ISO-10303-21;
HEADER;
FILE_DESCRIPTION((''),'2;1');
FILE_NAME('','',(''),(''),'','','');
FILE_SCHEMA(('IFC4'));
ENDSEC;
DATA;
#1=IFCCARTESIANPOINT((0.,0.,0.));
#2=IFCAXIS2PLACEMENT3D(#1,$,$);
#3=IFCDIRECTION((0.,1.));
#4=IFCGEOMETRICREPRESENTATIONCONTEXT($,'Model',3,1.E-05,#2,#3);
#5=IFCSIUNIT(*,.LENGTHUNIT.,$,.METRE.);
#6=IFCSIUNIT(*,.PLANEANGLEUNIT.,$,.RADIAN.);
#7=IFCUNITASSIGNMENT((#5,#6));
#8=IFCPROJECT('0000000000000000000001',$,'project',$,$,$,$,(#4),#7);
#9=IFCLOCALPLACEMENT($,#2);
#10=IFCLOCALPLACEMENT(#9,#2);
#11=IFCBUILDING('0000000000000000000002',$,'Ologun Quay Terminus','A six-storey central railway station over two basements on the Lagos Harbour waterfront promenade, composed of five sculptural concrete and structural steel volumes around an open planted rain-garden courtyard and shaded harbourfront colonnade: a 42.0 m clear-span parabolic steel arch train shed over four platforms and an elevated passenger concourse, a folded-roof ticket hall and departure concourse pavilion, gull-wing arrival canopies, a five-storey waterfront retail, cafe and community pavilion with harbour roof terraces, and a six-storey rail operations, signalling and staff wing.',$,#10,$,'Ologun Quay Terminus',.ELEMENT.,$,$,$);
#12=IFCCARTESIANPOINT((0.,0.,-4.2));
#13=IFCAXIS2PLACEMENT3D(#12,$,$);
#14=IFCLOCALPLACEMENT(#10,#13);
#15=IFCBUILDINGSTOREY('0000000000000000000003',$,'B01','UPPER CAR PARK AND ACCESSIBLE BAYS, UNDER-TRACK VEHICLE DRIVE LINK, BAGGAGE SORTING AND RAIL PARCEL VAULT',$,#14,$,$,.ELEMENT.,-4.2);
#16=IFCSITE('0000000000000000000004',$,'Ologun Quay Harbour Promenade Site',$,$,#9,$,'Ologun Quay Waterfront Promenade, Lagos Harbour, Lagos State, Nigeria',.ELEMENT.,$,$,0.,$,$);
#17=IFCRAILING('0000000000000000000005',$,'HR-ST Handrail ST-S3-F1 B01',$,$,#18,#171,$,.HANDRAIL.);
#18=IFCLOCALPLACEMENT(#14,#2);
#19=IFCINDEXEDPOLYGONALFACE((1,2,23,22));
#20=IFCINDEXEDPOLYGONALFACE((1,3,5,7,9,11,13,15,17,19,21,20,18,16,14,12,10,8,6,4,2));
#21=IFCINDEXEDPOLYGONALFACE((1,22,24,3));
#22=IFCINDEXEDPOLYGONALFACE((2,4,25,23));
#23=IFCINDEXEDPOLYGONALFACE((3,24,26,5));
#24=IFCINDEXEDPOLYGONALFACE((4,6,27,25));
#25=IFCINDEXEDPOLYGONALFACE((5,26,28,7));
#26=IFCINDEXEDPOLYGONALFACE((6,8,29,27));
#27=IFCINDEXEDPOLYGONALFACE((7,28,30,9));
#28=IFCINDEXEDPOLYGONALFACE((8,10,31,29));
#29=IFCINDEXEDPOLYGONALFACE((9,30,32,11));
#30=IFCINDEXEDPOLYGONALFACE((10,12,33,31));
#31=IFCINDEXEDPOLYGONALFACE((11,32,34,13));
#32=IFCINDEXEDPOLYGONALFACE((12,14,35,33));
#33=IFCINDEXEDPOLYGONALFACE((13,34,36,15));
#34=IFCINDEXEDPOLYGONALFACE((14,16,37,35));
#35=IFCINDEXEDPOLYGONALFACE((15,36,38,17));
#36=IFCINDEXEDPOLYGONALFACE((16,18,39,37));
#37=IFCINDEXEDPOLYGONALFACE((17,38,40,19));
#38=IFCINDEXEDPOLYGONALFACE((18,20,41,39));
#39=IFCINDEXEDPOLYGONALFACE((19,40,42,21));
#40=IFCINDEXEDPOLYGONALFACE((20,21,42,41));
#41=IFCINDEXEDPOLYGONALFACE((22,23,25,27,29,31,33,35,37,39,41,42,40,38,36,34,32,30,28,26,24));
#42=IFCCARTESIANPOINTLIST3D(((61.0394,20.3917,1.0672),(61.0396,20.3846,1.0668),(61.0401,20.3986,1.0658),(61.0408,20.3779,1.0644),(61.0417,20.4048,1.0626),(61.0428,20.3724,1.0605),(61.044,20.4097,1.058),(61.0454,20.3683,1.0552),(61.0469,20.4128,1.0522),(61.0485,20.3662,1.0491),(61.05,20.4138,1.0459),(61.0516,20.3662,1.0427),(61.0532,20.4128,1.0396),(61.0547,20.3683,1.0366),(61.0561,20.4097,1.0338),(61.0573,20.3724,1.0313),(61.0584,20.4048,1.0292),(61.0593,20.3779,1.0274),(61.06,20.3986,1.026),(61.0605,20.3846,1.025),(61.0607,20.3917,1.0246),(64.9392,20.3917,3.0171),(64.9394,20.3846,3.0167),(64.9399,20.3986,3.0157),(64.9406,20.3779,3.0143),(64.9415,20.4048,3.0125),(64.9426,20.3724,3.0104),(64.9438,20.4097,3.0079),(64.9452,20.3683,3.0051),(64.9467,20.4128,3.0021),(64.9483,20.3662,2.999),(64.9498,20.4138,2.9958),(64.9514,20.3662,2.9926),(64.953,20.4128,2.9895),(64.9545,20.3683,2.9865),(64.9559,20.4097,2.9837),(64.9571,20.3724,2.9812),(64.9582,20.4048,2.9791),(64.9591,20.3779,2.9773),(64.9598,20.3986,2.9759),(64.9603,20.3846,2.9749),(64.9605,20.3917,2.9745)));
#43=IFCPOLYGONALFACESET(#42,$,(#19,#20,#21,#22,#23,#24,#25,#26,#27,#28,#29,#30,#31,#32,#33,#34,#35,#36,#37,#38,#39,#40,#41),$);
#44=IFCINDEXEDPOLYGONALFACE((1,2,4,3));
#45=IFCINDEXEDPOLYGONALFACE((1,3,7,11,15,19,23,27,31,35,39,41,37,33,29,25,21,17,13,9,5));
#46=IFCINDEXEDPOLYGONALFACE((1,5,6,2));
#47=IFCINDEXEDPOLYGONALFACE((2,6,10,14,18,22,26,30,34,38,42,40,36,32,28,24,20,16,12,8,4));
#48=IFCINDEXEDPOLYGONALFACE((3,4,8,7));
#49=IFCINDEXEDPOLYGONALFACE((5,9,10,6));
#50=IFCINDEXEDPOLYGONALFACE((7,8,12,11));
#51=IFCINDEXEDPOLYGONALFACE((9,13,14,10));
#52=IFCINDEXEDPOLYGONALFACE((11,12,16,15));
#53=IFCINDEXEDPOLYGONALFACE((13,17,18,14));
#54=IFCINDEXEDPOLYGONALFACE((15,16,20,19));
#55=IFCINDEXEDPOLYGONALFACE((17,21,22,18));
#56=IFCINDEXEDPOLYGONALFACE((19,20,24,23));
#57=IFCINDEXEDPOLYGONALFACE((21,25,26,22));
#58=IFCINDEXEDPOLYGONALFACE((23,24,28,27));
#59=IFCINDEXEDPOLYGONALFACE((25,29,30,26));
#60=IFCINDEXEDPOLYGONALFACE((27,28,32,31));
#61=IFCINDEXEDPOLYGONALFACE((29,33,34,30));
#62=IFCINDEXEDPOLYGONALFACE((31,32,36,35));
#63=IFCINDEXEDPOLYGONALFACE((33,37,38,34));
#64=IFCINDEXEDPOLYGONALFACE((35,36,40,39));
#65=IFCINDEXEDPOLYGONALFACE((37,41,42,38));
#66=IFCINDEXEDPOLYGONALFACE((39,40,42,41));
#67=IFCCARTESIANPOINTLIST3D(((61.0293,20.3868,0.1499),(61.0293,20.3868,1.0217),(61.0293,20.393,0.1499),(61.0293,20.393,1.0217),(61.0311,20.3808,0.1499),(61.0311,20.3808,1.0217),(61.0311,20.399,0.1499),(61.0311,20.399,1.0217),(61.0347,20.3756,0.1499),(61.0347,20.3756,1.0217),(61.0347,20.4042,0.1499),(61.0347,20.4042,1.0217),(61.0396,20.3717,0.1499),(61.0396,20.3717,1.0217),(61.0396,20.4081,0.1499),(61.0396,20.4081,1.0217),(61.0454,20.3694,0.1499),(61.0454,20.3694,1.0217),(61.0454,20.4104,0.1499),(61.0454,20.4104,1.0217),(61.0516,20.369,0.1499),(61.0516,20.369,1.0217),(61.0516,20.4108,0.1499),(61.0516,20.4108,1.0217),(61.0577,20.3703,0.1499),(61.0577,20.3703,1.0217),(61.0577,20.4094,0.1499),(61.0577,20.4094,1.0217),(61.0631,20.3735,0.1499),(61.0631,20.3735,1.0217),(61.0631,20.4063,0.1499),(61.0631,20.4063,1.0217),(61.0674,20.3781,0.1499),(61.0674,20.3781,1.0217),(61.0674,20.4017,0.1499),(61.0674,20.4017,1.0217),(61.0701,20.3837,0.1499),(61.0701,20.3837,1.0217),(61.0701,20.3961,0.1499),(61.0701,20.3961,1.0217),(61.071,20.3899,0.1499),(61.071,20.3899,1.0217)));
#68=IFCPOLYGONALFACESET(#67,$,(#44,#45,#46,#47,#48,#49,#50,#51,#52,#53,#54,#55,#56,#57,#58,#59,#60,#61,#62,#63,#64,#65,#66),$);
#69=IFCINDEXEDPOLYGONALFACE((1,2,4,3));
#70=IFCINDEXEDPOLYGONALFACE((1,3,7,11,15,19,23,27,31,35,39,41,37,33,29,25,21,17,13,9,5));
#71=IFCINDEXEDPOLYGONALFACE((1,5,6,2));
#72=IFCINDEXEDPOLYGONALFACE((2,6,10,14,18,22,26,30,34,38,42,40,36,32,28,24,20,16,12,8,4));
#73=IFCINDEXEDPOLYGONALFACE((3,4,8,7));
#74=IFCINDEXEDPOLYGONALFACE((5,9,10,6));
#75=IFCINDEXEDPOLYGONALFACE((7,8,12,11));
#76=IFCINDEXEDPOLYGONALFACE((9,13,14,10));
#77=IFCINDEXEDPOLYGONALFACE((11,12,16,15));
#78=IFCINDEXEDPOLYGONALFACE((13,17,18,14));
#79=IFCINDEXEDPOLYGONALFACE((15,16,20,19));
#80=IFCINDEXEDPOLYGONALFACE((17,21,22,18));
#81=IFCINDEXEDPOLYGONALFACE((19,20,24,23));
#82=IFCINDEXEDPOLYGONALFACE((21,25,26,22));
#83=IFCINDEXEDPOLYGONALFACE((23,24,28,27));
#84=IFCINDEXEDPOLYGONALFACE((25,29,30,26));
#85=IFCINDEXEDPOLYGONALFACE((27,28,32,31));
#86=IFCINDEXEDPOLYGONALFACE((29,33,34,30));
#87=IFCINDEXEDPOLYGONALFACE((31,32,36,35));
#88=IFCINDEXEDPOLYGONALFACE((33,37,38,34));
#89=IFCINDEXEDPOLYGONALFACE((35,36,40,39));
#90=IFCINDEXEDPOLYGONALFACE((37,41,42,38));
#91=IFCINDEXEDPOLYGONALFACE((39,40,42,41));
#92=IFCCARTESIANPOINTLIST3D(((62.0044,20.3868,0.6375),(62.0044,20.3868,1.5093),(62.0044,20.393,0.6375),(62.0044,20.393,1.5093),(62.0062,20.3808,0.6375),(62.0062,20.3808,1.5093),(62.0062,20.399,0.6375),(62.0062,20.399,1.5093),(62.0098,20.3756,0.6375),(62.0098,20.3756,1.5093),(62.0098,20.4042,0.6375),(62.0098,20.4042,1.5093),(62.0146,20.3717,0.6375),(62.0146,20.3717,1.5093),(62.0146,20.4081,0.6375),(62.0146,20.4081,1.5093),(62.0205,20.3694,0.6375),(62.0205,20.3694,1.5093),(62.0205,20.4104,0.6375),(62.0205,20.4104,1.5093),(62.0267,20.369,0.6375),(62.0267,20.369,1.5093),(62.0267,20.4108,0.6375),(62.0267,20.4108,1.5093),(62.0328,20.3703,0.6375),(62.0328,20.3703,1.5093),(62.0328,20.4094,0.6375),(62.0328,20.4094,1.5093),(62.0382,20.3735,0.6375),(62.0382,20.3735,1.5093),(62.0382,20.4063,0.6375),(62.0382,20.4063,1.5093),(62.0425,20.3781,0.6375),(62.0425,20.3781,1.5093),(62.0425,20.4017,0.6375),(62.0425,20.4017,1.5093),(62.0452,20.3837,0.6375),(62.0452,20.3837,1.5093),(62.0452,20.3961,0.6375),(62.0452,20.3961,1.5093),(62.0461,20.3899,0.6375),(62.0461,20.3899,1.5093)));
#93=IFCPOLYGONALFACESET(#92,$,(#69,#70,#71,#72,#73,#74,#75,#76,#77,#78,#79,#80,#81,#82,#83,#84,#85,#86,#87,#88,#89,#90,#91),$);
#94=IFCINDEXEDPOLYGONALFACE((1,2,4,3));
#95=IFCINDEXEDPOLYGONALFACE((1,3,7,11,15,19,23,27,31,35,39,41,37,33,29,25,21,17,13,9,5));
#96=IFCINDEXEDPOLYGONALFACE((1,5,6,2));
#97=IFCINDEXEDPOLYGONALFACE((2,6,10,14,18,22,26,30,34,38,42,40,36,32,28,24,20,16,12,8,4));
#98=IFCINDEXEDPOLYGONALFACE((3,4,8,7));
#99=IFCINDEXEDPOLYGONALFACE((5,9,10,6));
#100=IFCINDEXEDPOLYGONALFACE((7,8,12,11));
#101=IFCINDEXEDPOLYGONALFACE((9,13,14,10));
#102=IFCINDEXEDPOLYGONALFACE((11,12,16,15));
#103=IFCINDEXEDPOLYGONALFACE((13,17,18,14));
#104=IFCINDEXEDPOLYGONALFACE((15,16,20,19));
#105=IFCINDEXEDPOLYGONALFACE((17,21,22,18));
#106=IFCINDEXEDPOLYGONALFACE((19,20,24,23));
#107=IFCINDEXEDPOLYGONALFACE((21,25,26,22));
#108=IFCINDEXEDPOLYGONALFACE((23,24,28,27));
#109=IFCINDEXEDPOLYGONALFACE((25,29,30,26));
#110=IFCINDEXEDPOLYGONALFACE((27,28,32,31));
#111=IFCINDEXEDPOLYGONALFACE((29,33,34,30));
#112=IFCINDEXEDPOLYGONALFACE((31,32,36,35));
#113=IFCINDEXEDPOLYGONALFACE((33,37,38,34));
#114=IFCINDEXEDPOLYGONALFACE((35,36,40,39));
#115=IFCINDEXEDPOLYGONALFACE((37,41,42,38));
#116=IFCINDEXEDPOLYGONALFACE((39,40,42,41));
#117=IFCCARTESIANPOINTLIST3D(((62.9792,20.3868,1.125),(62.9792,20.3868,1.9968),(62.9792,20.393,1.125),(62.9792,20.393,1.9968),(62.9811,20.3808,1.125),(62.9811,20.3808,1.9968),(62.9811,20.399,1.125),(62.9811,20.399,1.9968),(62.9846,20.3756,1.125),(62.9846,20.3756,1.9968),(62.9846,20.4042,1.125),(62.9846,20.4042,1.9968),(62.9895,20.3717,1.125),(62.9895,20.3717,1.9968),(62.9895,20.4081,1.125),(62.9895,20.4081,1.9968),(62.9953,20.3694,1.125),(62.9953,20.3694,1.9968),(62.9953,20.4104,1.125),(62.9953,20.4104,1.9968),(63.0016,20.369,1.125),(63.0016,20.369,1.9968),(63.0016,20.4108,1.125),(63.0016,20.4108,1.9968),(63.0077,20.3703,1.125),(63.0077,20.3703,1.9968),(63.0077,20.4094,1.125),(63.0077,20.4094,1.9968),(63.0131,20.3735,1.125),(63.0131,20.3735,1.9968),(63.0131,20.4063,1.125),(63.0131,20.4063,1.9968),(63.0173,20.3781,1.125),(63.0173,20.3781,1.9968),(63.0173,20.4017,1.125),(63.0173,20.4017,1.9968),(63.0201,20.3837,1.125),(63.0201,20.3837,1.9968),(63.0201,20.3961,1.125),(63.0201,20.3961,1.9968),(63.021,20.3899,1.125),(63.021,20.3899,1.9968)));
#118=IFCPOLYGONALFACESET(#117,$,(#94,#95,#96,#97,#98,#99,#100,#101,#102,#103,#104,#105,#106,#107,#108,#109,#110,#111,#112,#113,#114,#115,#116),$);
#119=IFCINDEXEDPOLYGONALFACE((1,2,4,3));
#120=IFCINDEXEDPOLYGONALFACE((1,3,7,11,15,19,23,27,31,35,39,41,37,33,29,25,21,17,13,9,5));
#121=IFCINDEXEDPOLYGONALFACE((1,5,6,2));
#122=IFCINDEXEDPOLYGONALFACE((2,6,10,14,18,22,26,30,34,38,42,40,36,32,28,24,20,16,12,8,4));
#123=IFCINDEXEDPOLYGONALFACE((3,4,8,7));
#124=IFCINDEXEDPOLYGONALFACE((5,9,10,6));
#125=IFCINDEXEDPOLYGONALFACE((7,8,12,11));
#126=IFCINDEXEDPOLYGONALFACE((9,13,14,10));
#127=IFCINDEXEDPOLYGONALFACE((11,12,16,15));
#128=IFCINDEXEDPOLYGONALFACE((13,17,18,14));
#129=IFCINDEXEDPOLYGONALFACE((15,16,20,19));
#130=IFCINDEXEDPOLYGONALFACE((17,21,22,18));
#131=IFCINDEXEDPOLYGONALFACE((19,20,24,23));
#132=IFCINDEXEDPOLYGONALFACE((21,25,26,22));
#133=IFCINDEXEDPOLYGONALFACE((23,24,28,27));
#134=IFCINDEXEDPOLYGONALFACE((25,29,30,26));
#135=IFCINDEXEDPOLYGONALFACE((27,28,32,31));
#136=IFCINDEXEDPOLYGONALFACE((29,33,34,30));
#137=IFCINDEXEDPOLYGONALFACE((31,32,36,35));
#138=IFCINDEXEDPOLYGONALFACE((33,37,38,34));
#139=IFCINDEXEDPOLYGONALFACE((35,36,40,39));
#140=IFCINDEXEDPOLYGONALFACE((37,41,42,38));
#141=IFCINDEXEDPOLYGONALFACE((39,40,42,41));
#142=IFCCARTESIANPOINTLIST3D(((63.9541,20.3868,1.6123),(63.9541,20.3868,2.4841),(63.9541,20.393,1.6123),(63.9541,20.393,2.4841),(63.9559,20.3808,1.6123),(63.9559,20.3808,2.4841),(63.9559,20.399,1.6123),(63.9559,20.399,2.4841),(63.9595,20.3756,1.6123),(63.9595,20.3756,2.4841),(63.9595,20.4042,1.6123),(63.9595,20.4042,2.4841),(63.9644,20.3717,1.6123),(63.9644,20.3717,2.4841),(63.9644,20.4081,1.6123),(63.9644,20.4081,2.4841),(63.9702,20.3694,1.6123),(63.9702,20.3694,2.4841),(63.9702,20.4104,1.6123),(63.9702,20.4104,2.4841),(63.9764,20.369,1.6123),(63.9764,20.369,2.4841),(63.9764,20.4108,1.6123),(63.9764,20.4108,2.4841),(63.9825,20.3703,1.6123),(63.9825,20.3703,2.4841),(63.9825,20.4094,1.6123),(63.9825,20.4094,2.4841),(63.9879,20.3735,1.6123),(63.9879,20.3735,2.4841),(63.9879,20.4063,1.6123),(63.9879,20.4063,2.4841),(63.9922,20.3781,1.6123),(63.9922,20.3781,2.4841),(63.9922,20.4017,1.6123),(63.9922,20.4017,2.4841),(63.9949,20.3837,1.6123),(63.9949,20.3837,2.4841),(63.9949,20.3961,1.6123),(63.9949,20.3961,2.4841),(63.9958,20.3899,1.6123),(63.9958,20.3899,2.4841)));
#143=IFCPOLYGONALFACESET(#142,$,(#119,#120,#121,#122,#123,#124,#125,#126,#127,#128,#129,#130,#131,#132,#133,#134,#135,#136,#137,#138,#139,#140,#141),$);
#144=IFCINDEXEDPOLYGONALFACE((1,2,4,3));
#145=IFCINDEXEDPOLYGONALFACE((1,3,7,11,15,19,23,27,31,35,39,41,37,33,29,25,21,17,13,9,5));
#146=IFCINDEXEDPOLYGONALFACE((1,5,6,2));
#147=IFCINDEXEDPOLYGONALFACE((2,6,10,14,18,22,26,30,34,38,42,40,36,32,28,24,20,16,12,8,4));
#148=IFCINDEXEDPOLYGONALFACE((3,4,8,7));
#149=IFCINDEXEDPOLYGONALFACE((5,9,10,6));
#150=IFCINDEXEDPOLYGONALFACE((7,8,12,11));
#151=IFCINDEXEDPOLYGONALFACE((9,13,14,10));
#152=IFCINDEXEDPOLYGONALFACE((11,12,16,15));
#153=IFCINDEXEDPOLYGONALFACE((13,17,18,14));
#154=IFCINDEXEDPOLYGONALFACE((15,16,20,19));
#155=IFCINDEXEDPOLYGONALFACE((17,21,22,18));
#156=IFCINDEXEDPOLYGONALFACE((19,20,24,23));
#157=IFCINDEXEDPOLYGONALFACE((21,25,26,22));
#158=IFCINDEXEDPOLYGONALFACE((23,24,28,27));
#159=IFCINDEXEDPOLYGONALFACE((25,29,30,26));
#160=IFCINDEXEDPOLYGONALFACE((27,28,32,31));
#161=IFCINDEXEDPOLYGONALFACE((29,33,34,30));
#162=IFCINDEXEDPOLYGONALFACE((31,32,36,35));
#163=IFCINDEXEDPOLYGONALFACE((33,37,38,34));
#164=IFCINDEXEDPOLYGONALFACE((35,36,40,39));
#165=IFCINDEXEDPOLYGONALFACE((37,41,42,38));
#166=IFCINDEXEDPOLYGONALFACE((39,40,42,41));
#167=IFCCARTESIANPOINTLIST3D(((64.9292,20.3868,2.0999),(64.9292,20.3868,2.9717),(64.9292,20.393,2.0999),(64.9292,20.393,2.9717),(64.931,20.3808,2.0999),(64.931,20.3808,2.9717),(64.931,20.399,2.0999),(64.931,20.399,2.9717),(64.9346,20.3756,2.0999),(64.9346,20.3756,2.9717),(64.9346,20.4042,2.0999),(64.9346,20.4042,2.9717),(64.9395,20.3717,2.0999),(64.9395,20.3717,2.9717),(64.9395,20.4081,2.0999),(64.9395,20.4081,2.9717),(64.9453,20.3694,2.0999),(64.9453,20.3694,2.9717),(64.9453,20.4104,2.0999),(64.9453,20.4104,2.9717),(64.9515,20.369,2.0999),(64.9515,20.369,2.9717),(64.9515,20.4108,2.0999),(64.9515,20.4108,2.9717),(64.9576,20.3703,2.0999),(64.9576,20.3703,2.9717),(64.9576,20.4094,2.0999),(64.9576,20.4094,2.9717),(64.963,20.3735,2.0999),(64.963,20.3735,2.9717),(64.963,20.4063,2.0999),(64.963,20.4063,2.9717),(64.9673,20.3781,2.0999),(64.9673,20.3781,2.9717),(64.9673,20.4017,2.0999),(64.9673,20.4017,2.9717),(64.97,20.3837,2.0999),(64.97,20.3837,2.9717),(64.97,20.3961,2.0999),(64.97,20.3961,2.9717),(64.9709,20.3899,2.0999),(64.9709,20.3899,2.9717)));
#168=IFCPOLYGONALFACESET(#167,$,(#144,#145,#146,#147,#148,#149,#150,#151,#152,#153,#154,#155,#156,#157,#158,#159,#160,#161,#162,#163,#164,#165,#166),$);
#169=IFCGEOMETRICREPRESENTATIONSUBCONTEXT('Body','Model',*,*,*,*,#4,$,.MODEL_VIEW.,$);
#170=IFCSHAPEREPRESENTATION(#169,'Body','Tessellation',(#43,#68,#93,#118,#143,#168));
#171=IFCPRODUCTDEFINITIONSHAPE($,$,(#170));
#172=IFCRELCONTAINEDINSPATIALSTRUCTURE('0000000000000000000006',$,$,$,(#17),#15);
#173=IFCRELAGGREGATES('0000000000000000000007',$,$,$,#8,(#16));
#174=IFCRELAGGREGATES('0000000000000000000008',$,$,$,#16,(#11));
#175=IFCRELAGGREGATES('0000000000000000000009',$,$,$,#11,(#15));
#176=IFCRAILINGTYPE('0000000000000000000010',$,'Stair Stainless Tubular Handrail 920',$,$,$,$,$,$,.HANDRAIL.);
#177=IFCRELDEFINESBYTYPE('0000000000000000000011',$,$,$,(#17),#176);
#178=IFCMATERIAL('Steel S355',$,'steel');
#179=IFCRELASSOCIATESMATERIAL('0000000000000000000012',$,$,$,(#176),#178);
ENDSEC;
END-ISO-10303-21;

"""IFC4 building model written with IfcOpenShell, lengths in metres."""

from ifc_helpers import new_model, si_unit, direction, frame, origin, origin_2d, place, context, subcontext, project, spatial, circle, extrude, material, type_object, element, save


model = new_model("IFC4")

# Units and contexts
model_context = context("Model", 3, precision=1e-05, world=origin(), true_north=direction((0.0, 1.0)))
body_context = subcontext(model_context, "Body", "Model", "MODEL_VIEW")
ifc_project = project(units=[si_unit("LENGTHUNIT", "METRE"), si_unit("PLANEANGLEUNIT", "RADIAN")], contexts=[model_context])

# Site, building, storey
site_placement = place(None, origin())
site = spatial("IfcSite", under=ifc_project, at=site_placement, Name="Ologun Quay Harbour Promenade Site", LongName="Ologun Quay Waterfront Promenade, Lagos Harbour, Lagos State, Nigeria", CompositionType="ELEMENT", RefElevation=0.0)
building_placement = place(site_placement, origin())
building = spatial("IfcBuilding", under=site, at=building_placement, Name="Ologun Quay Terminus", Description="A six-storey central railway station over two basements on the Lagos Harbour waterfront promenade, composed of five sculptural concrete and structural steel volumes around an open planted rain-garden courtyard and shaded harbourfront colonnade: a 42.0 m clear-span parabolic steel arch train shed over four platforms and an elevated passenger concourse, a folded-roof ticket hall and departure concourse pavilion, gull-wing arrival canopies, a five-storey waterfront retail, cafe and community pavilion with harbour roof terraces, and a six-storey rail operations, signalling and staff wing.", LongName="Ologun Quay Terminus", CompositionType="ELEMENT")
storey_placement = place(building_placement, frame((0.0, 0.0, -4.2)))
storey = spatial("IfcBuildingStorey", under=building, at=storey_placement, Name="B01", Description="UPPER CAR PARK AND ACCESSIBLE BAYS, UNDER-TRACK VEHICLE DRIVE LINK, BAGGAGE SORTING AND RAIL PARCEL VAULT", CompositionType="ELEMENT", Elevation=-4.2)

# Railing
ifc_material_1 = material(Name="Steel S355", Category="steel")
railing_type_1 = type_object("IfcRailingType", Name="Stair Stainless Tubular Handrail 920", PredefinedType="HANDRAIL", material=ifc_material_1)
railing_1_placement = place(storey_placement, frame((61.05, 20.3899, 0.1499)))
element("IfcRailing", 1, at=railing_1_placement, inside=storey, type_object=railing_type_1, Name="HR-ST Handrail ST-S3-F1 B01", PredefinedType="HANDRAIL", context=body_context, shape_type="SweptSolid", body=[
    extrude(circle(Radius=0.0239, at=origin_2d()), frame((0.0, 0.0, 0.896), z_axis=(0.894427, 0.0, 0.447214), x_axis=(0.0, 1.0, 0.0)), (0.0, 0.0, 1.0), 4.3601),
    extrude(circle(Radius=0.021, at=origin_2d()), origin(), (0.0, 0.0, 1.0), 0.8718),
    extrude(circle(Radius=0.021, at=origin_2d()), frame((0.9751, 0.0, 0.4875)), (0.0, 0.0, 1.0), 0.8718),
    extrude(circle(Radius=0.021, at=origin_2d()), frame((1.95, 0.0, 0.9751)), (0.0, 0.0, 1.0), 0.8718),
    extrude(circle(Radius=0.021, at=origin_2d()), frame((2.9248, 0.0, 1.4624)), (0.0, 0.0, 1.0), 0.8718),
    extrude(circle(Radius=0.021, at=origin_2d()), frame((3.8999, 0.0, 1.95)), (0.0, 0.0, 1.0), 0.8718),
])

save(model, "model.ifc")
